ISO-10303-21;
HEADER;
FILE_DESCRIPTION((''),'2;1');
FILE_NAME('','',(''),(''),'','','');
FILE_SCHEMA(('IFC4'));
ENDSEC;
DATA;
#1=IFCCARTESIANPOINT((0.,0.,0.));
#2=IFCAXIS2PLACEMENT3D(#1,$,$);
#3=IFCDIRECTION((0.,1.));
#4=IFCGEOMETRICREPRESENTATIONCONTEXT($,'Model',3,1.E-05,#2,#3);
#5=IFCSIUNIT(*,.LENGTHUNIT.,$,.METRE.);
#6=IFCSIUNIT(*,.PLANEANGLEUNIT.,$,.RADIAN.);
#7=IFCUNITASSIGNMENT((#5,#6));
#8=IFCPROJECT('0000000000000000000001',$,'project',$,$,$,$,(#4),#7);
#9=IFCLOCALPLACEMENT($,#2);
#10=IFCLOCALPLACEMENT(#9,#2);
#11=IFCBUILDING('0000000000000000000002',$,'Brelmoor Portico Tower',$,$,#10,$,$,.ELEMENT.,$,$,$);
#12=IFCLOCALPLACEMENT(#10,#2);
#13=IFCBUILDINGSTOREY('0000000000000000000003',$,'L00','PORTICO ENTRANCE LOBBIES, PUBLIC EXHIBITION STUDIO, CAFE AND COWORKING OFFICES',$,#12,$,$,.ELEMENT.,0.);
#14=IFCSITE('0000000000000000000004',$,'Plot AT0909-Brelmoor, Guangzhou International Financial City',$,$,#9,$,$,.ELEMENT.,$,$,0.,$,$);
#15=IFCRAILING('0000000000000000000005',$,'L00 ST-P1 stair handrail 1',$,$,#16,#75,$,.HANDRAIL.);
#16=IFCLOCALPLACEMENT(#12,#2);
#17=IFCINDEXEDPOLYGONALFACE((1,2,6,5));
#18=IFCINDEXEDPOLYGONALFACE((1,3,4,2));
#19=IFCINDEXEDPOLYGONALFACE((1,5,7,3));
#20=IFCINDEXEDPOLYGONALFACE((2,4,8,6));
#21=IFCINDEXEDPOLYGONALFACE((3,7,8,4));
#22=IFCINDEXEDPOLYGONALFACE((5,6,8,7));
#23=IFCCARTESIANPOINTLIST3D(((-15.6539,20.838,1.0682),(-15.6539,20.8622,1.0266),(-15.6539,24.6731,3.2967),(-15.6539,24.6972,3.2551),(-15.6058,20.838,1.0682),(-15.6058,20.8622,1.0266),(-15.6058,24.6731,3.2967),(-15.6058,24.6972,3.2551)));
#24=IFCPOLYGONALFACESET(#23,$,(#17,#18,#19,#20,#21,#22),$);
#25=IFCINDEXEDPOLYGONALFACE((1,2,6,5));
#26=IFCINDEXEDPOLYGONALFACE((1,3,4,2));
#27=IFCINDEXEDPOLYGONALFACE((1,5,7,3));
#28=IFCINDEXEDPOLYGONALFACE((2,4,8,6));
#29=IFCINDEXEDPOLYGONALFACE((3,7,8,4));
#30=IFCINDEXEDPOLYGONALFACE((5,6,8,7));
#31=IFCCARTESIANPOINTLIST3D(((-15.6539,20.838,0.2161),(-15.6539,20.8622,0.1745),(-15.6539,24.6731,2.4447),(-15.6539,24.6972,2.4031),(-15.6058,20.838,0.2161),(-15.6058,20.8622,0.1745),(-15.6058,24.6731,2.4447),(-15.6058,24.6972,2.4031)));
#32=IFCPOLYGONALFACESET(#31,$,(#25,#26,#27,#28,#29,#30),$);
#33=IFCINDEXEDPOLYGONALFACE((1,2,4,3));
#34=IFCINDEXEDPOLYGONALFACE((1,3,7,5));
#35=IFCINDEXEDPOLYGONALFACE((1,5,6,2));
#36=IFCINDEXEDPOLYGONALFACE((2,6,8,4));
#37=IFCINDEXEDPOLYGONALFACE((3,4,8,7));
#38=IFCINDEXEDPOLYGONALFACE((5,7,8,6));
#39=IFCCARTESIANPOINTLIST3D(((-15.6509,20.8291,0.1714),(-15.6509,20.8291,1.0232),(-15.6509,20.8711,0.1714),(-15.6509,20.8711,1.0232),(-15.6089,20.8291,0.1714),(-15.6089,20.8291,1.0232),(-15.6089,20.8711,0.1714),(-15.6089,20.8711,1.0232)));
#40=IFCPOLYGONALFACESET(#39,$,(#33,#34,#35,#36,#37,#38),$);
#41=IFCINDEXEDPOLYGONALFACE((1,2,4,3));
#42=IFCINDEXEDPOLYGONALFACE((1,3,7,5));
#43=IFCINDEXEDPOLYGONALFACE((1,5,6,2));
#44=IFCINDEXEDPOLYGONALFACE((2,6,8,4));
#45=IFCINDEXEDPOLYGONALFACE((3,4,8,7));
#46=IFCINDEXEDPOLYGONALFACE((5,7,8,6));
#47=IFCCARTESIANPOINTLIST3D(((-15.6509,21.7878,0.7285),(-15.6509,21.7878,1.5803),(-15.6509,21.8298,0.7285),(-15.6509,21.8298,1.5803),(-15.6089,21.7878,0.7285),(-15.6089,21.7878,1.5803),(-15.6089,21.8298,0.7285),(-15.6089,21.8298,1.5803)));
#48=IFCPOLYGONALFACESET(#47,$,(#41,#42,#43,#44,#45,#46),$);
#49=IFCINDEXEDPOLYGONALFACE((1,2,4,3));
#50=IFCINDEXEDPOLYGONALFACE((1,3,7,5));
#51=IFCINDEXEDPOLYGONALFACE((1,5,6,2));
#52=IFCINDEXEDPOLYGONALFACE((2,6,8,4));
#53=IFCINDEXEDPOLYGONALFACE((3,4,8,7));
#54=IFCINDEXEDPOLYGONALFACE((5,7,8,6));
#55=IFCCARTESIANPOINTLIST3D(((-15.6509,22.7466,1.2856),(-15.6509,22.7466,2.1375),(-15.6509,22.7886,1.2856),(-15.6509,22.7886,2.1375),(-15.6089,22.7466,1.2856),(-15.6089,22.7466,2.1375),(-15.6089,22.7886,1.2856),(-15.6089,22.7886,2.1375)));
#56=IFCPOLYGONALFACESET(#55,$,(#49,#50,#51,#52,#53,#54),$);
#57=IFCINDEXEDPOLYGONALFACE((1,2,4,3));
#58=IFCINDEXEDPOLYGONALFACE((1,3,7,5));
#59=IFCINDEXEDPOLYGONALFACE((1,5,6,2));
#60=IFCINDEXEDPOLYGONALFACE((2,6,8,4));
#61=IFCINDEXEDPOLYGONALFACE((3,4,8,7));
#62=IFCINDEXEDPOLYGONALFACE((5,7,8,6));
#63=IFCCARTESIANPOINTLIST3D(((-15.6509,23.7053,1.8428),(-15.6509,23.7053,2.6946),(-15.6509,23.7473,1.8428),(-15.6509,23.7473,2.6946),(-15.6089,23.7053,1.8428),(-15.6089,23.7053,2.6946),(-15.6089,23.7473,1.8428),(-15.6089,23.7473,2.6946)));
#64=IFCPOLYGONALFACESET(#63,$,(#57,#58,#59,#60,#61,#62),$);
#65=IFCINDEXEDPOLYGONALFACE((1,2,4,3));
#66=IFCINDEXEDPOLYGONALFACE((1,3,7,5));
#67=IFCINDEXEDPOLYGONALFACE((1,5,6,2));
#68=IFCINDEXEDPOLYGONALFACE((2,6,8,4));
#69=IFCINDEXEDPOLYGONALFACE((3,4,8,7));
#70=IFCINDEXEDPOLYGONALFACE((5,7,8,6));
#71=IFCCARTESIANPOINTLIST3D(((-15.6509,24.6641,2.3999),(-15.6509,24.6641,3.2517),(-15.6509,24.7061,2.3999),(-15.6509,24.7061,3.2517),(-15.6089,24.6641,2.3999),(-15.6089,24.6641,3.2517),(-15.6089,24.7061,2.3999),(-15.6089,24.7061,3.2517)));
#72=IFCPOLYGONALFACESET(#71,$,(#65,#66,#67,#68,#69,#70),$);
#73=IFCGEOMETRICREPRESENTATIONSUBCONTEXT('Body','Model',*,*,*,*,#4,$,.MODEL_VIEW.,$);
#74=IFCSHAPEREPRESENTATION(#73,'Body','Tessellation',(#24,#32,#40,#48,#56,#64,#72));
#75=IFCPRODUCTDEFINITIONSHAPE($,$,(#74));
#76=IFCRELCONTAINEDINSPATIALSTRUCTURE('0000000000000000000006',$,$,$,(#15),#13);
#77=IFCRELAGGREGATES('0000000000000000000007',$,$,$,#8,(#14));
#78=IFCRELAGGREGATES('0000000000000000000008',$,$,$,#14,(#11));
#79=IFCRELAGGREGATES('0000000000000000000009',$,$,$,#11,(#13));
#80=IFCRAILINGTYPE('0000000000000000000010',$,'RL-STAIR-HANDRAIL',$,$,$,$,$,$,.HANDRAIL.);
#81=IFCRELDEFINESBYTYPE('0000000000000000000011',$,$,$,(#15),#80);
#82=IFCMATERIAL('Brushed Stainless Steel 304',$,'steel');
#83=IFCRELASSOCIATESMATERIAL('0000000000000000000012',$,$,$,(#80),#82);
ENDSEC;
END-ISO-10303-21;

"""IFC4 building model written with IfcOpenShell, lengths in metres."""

from ifc_helpers import new_model, si_unit, direction, frame, origin, origin_2d, place, context, subcontext, project, spatial, rectangle, extrude, material, type_object, element, save


model = new_model("IFC4")

# Units and contexts
model_context = context("Model", 3, precision=1e-05, world=origin(), true_north=direction((0.0, 1.0)))
body_context = subcontext(model_context, "Body", "Model", "MODEL_VIEW")
ifc_project = project(units=[si_unit("LENGTHUNIT", "METRE"), si_unit("PLANEANGLEUNIT", "RADIAN")], contexts=[model_context])

# Site, building, storey
site_placement = place(None, origin())
site = spatial("IfcSite", under=ifc_project, at=site_placement, Name="Plot AT0909-Brelmoor, Guangzhou International Financial City", CompositionType="ELEMENT", RefElevation=0.0)
building_placement = place(site_placement, origin())
building = spatial("IfcBuilding", under=site, at=building_placement, Name="Brelmoor Portico Tower", CompositionType="ELEMENT")
storey_placement = place(building_placement, origin())
storey = spatial("IfcBuildingStorey", under=building, at=storey_placement, Name="L00", Description="PORTICO ENTRANCE LOBBIES, PUBLIC EXHIBITION STUDIO, CAFE AND COWORKING OFFICES", CompositionType="ELEMENT", Elevation=0.0)

# Railing
ifc_material_1 = material(Name="Brushed Stainless Steel 304", Category="steel")
railing_type_1 = type_object("IfcRailingType", Name="RL-STAIR-HANDRAIL", PredefinedType="HANDRAIL", material=ifc_material_1)
railing_1_placement = place(storey_placement, frame((-15.6299, 20.8501, 0.1714)))
element("IfcRailing", 1, at=railing_1_placement, inside=storey, type_object=railing_type_1, Name="L00 ST-P1 stair handrail 1", PredefinedType="HANDRAIL", context=body_context, shape_type="SweptSolid", body=[
    extrude(rectangle(XDim=0.0481, YDim=0.0481, at=origin_2d()), frame((0.0, 0.0, 0.876), z_axis=(0.0, 0.864616, 0.502433), x_axis=(-1.0, 0.0, 0.0)), (0.0, 0.0, 1.0), 4.4355),
    extrude(rectangle(XDim=0.0481, YDim=0.0481, at=origin_2d()), frame((0.0, 0.0, 0.0239), z_axis=(0.0, 0.864616, 0.502433), x_axis=(-1.0, 0.0, 0.0)), (0.0, 0.0, 1.0), 4.4355),
    extrude(rectangle(XDim=0.042, YDim=0.042, at=origin_2d()), origin(), (0.0, 0.0, 1.0), 0.8518),
    extrude(rectangle(XDim=0.042, YDim=0.042, at=origin_2d()), frame((0.0, 0.9587, 0.5571)), (0.0, 0.0, 1.0), 0.8518),
    extrude(rectangle(XDim=0.042, YDim=0.042, at=origin_2d()), frame((0.0, 1.9175, 1.1143)), (0.0, 0.0, 1.0), 0.8518),
    extrude(rectangle(XDim=0.042, YDim=0.042, at=origin_2d()), frame((0.0, 2.8762, 1.6714)), (0.0, 0.0, 1.0), 0.8518),
    extrude(rectangle(XDim=0.042, YDim=0.042, at=origin_2d()), frame((0.0, 3.835, 2.2285)), (0.0, 0.0, 1.0), 0.8518),
])

save(model, "model.ifc")
